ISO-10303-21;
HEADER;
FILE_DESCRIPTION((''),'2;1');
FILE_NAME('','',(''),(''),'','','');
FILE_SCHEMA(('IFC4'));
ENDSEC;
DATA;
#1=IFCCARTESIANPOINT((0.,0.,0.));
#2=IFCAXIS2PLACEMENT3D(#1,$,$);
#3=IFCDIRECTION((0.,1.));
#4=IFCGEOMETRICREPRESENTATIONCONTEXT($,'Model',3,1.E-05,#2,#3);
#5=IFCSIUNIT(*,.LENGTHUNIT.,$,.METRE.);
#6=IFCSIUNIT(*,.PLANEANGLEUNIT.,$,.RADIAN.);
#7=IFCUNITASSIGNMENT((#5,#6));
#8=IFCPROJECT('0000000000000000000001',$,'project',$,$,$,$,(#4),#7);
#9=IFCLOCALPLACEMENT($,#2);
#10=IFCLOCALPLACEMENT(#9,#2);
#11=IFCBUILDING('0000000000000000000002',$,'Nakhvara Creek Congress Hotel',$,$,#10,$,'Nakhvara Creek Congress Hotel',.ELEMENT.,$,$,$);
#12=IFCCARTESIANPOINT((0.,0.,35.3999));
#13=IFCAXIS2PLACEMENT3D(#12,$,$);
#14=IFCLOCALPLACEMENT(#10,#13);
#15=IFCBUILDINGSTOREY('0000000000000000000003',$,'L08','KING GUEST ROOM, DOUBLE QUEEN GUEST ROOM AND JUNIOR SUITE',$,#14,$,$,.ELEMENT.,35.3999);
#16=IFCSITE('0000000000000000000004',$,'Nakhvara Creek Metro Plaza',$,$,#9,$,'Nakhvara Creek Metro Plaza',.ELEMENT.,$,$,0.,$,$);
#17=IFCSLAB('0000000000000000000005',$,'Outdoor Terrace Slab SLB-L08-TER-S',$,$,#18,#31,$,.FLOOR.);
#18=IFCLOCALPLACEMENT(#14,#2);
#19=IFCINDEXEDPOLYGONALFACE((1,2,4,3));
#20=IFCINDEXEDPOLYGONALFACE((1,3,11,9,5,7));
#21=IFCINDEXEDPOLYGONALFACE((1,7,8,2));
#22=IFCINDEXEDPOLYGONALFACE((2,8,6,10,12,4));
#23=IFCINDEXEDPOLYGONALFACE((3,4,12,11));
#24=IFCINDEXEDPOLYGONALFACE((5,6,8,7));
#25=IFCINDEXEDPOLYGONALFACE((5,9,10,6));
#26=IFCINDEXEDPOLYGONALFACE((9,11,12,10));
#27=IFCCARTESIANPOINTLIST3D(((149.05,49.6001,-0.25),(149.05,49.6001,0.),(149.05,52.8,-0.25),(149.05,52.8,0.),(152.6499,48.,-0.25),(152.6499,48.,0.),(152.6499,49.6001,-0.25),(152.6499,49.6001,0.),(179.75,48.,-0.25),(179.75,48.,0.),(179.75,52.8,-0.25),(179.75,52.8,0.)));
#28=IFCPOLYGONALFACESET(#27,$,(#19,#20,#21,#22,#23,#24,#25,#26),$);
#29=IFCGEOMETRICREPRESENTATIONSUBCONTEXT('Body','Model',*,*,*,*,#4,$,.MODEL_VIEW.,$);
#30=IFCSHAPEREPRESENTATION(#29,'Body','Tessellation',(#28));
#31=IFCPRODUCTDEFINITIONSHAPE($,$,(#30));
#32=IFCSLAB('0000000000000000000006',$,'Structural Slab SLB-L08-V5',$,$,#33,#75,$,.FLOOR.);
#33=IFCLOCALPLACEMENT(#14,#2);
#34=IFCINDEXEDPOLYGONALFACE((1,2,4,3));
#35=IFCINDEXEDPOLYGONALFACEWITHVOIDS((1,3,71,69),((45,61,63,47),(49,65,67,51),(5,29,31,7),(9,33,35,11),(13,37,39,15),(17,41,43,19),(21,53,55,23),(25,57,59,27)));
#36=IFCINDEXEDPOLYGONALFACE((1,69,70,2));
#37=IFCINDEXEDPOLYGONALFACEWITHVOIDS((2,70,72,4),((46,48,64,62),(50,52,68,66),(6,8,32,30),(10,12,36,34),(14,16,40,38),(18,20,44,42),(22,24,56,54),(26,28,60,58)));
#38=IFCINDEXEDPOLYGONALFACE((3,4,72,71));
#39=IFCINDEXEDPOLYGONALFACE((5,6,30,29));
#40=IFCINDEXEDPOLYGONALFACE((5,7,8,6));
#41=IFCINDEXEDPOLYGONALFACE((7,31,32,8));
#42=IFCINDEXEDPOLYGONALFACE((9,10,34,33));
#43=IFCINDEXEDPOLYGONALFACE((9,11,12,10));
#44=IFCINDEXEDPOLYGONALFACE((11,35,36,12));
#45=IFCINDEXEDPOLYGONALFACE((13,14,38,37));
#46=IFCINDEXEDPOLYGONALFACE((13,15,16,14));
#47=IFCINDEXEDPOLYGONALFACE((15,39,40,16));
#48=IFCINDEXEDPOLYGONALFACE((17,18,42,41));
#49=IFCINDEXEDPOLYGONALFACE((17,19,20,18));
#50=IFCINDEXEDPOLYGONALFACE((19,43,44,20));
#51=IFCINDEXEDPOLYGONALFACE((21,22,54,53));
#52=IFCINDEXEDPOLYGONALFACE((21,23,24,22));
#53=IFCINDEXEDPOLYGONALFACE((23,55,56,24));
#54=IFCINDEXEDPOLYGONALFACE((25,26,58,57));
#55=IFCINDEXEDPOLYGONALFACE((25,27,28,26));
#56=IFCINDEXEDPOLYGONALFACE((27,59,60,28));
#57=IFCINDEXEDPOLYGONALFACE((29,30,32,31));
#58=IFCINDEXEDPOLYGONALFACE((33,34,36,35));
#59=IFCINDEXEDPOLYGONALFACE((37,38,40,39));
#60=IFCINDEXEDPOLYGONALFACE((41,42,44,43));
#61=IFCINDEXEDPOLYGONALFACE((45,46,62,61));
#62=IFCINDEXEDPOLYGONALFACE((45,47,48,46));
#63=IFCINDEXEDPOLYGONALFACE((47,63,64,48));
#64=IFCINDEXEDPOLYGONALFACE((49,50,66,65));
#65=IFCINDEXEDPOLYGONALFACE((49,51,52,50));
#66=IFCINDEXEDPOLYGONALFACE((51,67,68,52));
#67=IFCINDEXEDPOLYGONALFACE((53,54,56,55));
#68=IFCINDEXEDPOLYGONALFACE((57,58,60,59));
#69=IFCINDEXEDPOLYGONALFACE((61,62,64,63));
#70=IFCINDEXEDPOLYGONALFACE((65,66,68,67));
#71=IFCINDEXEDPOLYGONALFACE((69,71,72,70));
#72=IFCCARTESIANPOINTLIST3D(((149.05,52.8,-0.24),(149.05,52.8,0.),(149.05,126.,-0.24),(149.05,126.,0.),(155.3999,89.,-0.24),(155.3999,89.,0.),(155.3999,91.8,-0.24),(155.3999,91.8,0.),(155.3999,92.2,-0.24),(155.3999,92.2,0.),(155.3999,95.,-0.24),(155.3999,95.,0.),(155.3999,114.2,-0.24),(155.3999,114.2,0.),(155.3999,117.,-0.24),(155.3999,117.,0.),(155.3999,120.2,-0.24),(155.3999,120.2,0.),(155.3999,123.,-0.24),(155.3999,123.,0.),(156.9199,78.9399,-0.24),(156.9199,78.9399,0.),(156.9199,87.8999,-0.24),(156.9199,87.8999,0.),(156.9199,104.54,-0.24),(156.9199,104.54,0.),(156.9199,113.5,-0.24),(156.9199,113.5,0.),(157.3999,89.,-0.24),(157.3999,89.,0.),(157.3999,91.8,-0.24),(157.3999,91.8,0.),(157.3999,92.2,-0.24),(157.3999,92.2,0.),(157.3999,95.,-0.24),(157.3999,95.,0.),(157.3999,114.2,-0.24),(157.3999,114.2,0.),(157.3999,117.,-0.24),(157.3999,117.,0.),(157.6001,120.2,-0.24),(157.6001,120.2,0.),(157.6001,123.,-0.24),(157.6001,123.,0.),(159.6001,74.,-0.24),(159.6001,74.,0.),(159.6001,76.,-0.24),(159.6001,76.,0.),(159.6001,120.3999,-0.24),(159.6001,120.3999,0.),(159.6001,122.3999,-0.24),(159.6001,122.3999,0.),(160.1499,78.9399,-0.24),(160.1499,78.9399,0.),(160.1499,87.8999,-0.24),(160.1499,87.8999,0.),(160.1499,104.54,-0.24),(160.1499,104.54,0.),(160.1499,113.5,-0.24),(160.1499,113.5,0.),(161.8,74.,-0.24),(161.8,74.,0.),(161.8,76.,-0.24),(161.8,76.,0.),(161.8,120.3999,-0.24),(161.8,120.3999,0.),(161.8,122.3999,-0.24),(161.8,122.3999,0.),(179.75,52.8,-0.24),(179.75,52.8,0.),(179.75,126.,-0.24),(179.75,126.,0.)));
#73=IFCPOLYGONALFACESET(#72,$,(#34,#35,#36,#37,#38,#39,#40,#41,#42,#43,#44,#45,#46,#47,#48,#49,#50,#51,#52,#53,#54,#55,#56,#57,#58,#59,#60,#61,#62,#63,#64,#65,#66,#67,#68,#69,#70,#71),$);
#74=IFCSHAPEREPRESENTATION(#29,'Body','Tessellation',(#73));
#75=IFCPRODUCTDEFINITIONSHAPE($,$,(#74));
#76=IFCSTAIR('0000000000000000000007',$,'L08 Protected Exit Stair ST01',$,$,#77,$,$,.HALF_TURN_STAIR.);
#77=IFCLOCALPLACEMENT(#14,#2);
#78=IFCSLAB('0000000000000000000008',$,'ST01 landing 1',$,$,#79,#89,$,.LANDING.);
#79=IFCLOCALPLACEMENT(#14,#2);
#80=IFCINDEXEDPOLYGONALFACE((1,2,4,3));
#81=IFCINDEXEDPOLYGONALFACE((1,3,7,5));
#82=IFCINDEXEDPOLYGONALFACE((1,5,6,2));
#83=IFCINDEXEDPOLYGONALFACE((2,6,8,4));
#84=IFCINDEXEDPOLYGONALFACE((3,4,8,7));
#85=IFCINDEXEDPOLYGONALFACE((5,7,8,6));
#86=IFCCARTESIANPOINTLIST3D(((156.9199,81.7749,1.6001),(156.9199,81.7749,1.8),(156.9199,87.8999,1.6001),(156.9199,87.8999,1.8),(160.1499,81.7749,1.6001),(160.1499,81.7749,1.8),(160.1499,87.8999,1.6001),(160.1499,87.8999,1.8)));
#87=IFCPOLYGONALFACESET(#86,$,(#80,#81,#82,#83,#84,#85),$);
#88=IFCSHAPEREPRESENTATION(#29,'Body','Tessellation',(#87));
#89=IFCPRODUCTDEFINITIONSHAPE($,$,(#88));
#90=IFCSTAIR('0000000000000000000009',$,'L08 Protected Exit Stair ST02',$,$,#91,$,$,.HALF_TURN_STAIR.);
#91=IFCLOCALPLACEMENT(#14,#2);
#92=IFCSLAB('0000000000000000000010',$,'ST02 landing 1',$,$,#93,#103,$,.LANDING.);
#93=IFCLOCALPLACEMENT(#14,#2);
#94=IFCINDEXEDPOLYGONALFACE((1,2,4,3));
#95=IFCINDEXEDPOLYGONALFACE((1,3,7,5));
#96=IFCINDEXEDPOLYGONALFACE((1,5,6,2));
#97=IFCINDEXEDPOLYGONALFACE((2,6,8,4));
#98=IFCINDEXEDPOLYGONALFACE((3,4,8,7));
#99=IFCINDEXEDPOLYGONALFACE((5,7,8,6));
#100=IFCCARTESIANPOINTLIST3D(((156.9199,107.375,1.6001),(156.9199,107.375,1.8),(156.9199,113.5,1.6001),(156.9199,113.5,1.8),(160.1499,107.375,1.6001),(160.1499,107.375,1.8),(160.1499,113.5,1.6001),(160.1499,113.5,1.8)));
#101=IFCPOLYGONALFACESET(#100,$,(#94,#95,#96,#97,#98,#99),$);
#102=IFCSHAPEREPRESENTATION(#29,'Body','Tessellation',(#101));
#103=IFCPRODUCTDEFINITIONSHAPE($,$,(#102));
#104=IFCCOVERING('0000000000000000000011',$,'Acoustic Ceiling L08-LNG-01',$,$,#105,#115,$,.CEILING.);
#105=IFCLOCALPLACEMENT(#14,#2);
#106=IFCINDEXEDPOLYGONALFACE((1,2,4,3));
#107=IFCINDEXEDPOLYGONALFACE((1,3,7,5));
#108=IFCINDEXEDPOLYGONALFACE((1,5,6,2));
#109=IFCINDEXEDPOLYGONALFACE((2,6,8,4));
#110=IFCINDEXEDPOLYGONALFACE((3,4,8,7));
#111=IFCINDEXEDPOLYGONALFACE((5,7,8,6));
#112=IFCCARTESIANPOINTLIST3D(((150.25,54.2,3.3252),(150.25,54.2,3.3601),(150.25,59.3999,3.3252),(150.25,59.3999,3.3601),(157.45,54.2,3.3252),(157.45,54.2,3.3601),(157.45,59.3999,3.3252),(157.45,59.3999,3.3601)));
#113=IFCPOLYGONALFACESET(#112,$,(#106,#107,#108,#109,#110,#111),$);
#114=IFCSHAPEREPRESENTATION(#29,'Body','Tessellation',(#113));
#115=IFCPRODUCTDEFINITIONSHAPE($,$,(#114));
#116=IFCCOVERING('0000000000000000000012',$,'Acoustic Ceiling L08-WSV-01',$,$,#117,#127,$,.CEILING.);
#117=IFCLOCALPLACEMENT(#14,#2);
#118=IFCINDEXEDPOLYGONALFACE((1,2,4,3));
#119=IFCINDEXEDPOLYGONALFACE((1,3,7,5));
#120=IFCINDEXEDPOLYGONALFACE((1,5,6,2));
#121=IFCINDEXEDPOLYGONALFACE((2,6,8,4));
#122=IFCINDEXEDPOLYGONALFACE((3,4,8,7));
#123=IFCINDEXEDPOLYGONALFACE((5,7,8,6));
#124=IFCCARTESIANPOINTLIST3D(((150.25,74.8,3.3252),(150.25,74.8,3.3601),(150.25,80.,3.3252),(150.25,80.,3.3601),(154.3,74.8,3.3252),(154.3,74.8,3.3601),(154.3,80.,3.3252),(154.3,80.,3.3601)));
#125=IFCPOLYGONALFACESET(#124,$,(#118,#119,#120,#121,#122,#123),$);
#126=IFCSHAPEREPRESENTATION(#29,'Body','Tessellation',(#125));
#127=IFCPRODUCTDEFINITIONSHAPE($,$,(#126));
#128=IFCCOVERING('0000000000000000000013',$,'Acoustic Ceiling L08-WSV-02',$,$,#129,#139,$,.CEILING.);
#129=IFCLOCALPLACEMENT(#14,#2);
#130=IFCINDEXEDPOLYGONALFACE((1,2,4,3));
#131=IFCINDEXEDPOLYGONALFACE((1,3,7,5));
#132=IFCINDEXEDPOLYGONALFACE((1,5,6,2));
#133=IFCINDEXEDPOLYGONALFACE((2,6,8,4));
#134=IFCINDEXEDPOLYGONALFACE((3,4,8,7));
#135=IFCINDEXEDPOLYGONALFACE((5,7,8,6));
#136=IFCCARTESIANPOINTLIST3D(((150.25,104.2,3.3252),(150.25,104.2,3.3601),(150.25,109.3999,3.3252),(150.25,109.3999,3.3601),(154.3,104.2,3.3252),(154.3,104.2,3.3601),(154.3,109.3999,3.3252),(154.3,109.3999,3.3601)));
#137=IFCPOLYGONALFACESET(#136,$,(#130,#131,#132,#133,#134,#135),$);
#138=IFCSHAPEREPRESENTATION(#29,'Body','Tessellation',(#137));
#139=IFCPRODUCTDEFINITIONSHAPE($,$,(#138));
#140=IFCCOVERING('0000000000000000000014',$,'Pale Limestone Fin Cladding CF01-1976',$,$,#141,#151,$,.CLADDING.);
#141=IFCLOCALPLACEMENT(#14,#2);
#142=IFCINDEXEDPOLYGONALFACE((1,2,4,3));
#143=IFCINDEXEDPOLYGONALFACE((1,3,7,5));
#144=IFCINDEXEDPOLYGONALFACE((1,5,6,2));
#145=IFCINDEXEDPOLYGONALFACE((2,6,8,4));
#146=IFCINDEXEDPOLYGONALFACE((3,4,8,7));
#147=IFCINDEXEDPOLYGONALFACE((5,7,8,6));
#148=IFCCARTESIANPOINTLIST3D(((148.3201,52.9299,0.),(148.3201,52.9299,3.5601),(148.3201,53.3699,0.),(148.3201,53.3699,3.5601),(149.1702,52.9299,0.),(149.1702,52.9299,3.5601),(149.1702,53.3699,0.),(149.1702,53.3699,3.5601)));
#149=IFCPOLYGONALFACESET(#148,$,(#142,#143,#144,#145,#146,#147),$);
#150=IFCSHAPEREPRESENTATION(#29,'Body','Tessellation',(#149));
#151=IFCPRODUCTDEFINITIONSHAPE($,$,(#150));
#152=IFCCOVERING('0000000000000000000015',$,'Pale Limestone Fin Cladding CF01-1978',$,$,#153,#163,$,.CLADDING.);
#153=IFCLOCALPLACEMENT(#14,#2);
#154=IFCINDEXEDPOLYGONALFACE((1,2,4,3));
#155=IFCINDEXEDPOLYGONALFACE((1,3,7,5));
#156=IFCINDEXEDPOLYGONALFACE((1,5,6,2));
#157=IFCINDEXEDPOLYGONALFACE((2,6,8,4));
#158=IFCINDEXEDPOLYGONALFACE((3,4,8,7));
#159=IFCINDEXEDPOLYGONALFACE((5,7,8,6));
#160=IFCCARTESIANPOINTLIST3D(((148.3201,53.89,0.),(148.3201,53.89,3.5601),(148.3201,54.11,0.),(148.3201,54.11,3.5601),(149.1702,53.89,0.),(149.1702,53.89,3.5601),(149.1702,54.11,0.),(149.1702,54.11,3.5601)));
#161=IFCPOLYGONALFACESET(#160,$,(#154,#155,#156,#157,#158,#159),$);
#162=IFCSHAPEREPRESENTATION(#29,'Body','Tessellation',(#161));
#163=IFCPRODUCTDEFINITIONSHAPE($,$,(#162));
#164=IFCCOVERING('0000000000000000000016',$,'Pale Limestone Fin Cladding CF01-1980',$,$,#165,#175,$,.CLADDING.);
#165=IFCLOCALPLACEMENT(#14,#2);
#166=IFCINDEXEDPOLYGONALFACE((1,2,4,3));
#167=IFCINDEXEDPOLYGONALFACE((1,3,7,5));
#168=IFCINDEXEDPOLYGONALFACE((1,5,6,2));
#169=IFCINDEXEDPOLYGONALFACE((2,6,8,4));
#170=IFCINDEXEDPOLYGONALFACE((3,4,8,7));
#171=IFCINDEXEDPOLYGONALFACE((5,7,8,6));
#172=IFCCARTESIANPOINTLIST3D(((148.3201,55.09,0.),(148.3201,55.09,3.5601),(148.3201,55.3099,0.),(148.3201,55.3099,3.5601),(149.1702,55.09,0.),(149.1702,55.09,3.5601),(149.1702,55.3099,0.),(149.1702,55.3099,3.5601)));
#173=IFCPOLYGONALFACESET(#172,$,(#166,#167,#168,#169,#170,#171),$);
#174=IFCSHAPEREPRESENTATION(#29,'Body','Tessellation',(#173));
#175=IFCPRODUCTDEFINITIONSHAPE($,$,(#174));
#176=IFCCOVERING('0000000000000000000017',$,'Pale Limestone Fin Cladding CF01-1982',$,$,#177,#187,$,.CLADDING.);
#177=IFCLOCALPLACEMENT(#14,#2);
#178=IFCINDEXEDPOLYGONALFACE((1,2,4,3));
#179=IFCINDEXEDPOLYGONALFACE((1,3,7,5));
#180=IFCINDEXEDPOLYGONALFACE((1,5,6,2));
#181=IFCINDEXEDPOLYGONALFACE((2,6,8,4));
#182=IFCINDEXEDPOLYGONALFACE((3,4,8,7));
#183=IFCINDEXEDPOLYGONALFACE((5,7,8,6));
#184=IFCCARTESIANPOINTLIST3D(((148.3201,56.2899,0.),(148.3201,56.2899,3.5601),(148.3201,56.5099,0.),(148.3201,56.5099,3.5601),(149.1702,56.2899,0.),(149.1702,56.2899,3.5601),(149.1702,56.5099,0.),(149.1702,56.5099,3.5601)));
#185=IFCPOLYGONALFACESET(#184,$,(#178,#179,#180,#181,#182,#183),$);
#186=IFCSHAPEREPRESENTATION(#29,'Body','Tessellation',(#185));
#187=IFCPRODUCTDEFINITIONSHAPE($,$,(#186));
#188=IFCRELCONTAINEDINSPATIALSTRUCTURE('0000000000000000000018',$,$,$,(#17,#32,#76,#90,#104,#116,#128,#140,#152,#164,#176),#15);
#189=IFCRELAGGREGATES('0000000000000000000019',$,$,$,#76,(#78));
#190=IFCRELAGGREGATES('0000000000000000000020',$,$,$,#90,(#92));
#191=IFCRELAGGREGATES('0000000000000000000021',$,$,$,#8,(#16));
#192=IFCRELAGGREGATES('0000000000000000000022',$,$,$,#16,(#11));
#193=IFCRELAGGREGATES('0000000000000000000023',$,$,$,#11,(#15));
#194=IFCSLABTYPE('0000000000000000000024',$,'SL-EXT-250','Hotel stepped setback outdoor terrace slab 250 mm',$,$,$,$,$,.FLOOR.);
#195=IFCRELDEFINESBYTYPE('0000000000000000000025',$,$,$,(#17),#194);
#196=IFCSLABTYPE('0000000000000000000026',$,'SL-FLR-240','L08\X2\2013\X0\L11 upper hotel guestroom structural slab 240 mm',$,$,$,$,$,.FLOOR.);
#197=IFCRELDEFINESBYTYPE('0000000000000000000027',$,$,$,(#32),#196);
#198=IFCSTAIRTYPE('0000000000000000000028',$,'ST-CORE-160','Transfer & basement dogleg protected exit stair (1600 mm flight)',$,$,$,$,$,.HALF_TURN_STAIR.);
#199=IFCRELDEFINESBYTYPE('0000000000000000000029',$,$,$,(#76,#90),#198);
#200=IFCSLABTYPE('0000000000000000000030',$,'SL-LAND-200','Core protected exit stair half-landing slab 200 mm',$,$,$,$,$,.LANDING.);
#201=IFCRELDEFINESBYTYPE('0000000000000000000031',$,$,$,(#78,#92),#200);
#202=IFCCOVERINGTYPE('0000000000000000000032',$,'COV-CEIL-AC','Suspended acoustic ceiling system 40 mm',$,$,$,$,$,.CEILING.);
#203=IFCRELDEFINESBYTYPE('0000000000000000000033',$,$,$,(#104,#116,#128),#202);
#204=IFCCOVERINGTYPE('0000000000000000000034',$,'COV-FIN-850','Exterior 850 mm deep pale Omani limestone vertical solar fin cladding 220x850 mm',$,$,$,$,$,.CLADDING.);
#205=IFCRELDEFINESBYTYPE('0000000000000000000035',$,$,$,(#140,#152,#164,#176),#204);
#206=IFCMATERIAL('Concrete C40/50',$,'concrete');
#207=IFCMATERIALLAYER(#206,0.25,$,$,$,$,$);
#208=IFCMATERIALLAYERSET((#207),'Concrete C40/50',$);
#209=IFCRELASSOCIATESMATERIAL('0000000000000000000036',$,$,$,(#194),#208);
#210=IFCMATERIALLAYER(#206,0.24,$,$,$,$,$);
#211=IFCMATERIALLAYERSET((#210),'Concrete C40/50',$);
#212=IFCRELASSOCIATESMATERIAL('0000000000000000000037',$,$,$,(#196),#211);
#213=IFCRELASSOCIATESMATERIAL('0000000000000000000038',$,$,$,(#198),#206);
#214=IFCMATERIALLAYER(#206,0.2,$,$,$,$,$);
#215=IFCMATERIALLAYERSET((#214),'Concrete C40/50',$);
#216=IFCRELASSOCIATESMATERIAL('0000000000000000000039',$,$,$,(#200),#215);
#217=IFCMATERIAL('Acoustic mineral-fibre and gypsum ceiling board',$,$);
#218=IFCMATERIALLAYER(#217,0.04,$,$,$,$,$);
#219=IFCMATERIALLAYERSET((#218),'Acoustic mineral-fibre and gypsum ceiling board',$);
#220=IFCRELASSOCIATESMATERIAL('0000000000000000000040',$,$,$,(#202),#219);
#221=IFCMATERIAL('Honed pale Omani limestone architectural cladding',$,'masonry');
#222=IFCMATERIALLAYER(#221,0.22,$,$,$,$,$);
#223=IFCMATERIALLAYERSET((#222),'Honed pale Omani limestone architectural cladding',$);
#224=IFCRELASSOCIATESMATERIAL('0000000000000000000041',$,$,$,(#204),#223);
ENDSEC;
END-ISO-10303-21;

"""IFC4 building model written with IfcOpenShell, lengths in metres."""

from ifc_helpers import new_model, si_unit, direction, frame, origin, origin_2d, place, context, subcontext, project, spatial, polyline, rectangle, outline, extrude, material, layer, layer_set, type_object, element, aggregate, save


model = new_model("IFC4")

# Units and contexts
model_context = context("Model", 3, precision=1e-05, world=origin(), true_north=direction((0.0, 1.0)))
body_context = subcontext(model_context, "Body", "Model", "MODEL_VIEW")
ifc_project = project(units=[si_unit("LENGTHUNIT", "METRE"), si_unit("PLANEANGLEUNIT", "RADIAN")], contexts=[model_context])

# Site, building, storey
site_placement = place(None, origin())
site = spatial("IfcSite", under=ifc_project, at=site_placement, Name="Nakhvara Creek Metro Plaza", LongName="Nakhvara Creek Metro Plaza", CompositionType="ELEMENT", RefElevation=0.0)
building_placement = place(site_placement, origin())
building = spatial("IfcBuilding", under=site, at=building_placement, Name="Nakhvara Creek Congress Hotel", LongName="Nakhvara Creek Congress Hotel", CompositionType="ELEMENT")
storey_placement = place(building_placement, frame((0.0, 0.0, 35.3999)))
storey = spatial("IfcBuildingStorey", under=building, at=storey_placement, Name="L08", Description="KING GUEST ROOM, DOUBLE QUEEN GUEST ROOM AND JUNIOR SUITE", CompositionType="ELEMENT", Elevation=35.3999)

# Slabs
ifc_material_1 = material(Name="Concrete C40/50", Category="concrete")
ifc_layer_1 = layer(ifc_material_1, 0.25)
ifc_layer_set_1 = layer_set([ifc_layer_1], Name="Concrete C40/50")
slab_type_1 = type_object("IfcSlabType", Name="SL-EXT-250", Description="Hotel stepped setback outdoor terrace slab 250 mm", PredefinedType="FLOOR", material=ifc_layer_set_1)
slab_1_placement = place(storey_placement, frame((0.0, 0.0, -0.25)))
element("IfcSlab", 1, at=slab_1_placement, inside=storey, type_object=slab_type_1, Name="Outdoor Terrace Slab SLB-L08-TER-S", PredefinedType="FLOOR", context=body_context, shape_type="SweptSolid", body=[
    extrude(outline(polyline([(152.6499, 48.0), (179.75, 48.0), (179.75, 52.8), (149.05, 52.8), (149.05, 49.6001), (152.6499, 49.6001), (152.6499, 48.0)])), origin(), (0.0, 0.0, 1.0), 0.25),
])
ifc_layer_2 = layer(ifc_material_1, 0.24)
ifc_layer_set_2 = layer_set([ifc_layer_2], Name="Concrete C40/50")
slab_type_2 = type_object("IfcSlabType", Name="SL-FLR-240", Description="L08–L11 upper hotel guestroom structural slab 240 mm", PredefinedType="FLOOR", material=ifc_layer_set_2)
slab_2_placement = place(storey_placement, frame((0.0, 0.0, -0.24)))
element("IfcSlab", 2, at=slab_2_placement, inside=storey, type_object=slab_type_2, Name="Structural Slab SLB-L08-V5", PredefinedType="FLOOR", context=body_context, shape_type="SweptSolid", body=[
    extrude(outline(polyline([(149.05, 126.0), (179.75, 126.0), (179.75, 52.8), (149.05, 52.8), (149.05, 126.0)]), holes=[polyline([(161.8, 74.0), (161.8, 76.0), (159.6001, 76.0), (159.6001, 74.0), (161.8, 74.0)]), polyline([(160.1499, 87.8999), (156.9199, 87.8999), (156.9199, 78.9399), (160.1499, 78.9399), (160.1499, 87.8999)]), polyline([(157.3999, 89.0), (157.3999, 91.8), (155.3999, 91.8), (155.3999, 89.0), (157.3999, 89.0)]), polyline([(157.3999, 92.2), (157.3999, 95.0), (155.3999, 95.0), (155.3999, 92.2), (157.3999, 92.2)]), polyline([(160.1499, 113.5), (156.9199, 113.5), (156.9199, 104.54), (160.1499, 104.54), (160.1499, 113.5)]), polyline([(157.3999, 114.2), (157.3999, 117.0), (155.3999, 117.0), (155.3999, 114.2), (157.3999, 114.2)]), polyline([(161.8, 120.3999), (161.8, 122.3999), (159.6001, 122.3999), (159.6001, 120.3999), (161.8, 120.3999)]), polyline([(157.6001, 120.2), (157.6001, 123.0), (155.3999, 123.0), (155.3999, 120.2), (157.6001, 120.2)])]), origin(), (0.0, 0.0, 1.0), 0.24),
])

# Stairs, slabs
stair_type = type_object("IfcStairType", Name="ST-CORE-160", Description="Transfer & basement dogleg protected exit stair (1600 mm flight)", PredefinedType="HALF_TURN_STAIR", material=ifc_material_1)
stair_1_placement = place(storey_placement, origin())
stair_1 = element("IfcStair", 3, at=stair_1_placement, inside=storey, type_object=stair_type, Name="L08 Protected Exit Stair ST01", PredefinedType="HALF_TURN_STAIR")
ifc_layer_3 = layer(ifc_material_1, 0.2)
ifc_layer_set_3 = layer_set([ifc_layer_3], Name="Concrete C40/50")
slab_type_3 = type_object("IfcSlabType", Name="SL-LAND-200", Description="Core protected exit stair half-landing slab 200 mm", PredefinedType="LANDING", material=ifc_layer_set_3)
slab_3_placement = place(storey_placement, frame((0.0, 0.0, 1.6001)))
slab_3 = element("IfcSlab", 4, at=slab_3_placement, type_object=slab_type_3, Name="ST01 landing 1", PredefinedType="LANDING", context=body_context, shape_type="SweptSolid", body=[
    extrude(outline(polyline([(160.1499, 81.7749), (160.1499, 87.8999), (156.9199, 87.8999), (156.9199, 81.7749), (160.1499, 81.7749)])), origin(), (0.0, 0.0, 1.0), 0.2),
])
aggregate(stair_1, [slab_3])
stair_2_placement = place(storey_placement, origin())
stair_2 = element("IfcStair", 5, at=stair_2_placement, inside=storey, type_object=stair_type, Name="L08 Protected Exit Stair ST02", PredefinedType="HALF_TURN_STAIR")
slab_4_placement = place(storey_placement, frame((0.0, 0.0, 1.6001)))
slab_4 = element("IfcSlab", 6, at=slab_4_placement, type_object=slab_type_3, Name="ST02 landing 1", PredefinedType="LANDING", context=body_context, shape_type="SweptSolid", body=[
    extrude(outline(polyline([(160.1499, 107.375), (160.1499, 113.5), (156.9199, 113.5), (156.9199, 107.375), (160.1499, 107.375)])), origin(), (0.0, 0.0, 1.0), 0.2),
])
aggregate(stair_2, [slab_4])

# Coverings
ifc_material_2 = material(Name="Acoustic mineral-fibre and gypsum ceiling board")
ifc_layer_4 = layer(ifc_material_2, 0.04)
ifc_layer_set_4 = layer_set([ifc_layer_4], Name="Acoustic mineral-fibre and gypsum ceiling board")
covering_type_1 = type_object("IfcCoveringType", Name="COV-CEIL-AC", Description="Suspended acoustic ceiling system 40 mm", PredefinedType="CEILING", material=ifc_layer_set_4)
covering_1_placement = place(storey_placement, frame((0.0, 0.0, 3.3252)))
element("IfcCovering", 7, at=covering_1_placement, inside=storey, type_object=covering_type_1, Name="Acoustic Ceiling L08-LNG-01", PredefinedType="CEILING", context=body_context, shape_type="SweptSolid", body=[
    extrude(outline(polyline([(150.25, 54.2), (157.45, 54.2), (157.45, 59.3999), (150.25, 59.3999), (150.25, 54.2)])), origin(), (0.0, 0.0, 1.0), 0.0349),
])
covering_2_placement = place(storey_placement, frame((0.0, 0.0, 3.3252)))
element("IfcCovering", 8, at=covering_2_placement, inside=storey, type_object=covering_type_1, Name="Acoustic Ceiling L08-WSV-01", PredefinedType="CEILING", context=body_context, shape_type="SweptSolid", body=[
    extrude(outline(polyline([(150.25, 74.8), (154.3, 74.8), (154.3, 80.0), (150.25, 80.0), (150.25, 74.8)])), origin(), (0.0, 0.0, 1.0), 0.0349),
])
covering_3_placement = place(storey_placement, frame((0.0, 0.0, 3.3252)))
element("IfcCovering", 9, at=covering_3_placement, inside=storey, type_object=covering_type_1, Name="Acoustic Ceiling L08-WSV-02", PredefinedType="CEILING", context=body_context, shape_type="SweptSolid", body=[
    extrude(outline(polyline([(150.25, 104.2), (154.3, 104.2), (154.3, 109.3999), (150.25, 109.3999), (150.25, 104.2)])), origin(), (0.0, 0.0, 1.0), 0.0349),
])
ifc_material_3 = material(Name="Honed pale Omani limestone architectural cladding", Category="masonry")
ifc_layer_5 = layer(ifc_material_3, 0.22)
ifc_layer_set_5 = layer_set([ifc_layer_5], Name="Honed pale Omani limestone architectural cladding")
covering_type_2 = type_object("IfcCoveringType", Name="COV-FIN-850", Description="Exterior 850 mm deep pale Omani limestone vertical solar fin cladding 220x850 mm", PredefinedType="CLADDING", material=ifc_layer_set_5)
covering_4_placement = place(storey_placement, frame((148.7451, 53.1499, 0.0), z_axis=(0.0, 0.0, 1.0), x_axis=(0.0, 1.0, 0.0)))
element("IfcCovering", 10, at=covering_4_placement, inside=storey, type_object=covering_type_2, Name="Pale Limestone Fin Cladding CF01-1976", PredefinedType="CLADDING", context=body_context, shape_type="SweptSolid", body=[
    extrude(rectangle(XDim=0.4399, YDim=0.8501, at=origin_2d()), origin(), (0.0, 0.0, 1.0), 3.5601),
])
for number, where, z_axis, x_axis, name in (
    (11, (148.7451, 54.0, 0.0), (0.0, 0.0, 1.0), (0.0, 1.0, 0.0), "Pale Limestone Fin Cladding CF01-1978"),
    (12, (148.7451, 55.2, 0.0), (0.0, 0.0, 1.0), (0.0, 1.0, 0.0), "Pale Limestone Fin Cladding CF01-1980"),
    (13, (148.7451, 56.3999, 0.0), (0.0, 0.0, 1.0), (0.0, 1.0, 0.0), "Pale Limestone Fin Cladding CF01-1982"),
):
    element("IfcCovering", number, at=place(storey_placement, frame(where, z_axis=z_axis, x_axis=x_axis)), inside=storey, type_object=covering_type_2, Name=name, PredefinedType="CLADDING", context=body_context, shape_type="SweptSolid", body=[
        extrude(rectangle(XDim=0.22, YDim=0.8501, at=origin_2d()), origin(), (0.0, 0.0, 1.0), 3.5601),
    ])

save(model, "model.ifc")
